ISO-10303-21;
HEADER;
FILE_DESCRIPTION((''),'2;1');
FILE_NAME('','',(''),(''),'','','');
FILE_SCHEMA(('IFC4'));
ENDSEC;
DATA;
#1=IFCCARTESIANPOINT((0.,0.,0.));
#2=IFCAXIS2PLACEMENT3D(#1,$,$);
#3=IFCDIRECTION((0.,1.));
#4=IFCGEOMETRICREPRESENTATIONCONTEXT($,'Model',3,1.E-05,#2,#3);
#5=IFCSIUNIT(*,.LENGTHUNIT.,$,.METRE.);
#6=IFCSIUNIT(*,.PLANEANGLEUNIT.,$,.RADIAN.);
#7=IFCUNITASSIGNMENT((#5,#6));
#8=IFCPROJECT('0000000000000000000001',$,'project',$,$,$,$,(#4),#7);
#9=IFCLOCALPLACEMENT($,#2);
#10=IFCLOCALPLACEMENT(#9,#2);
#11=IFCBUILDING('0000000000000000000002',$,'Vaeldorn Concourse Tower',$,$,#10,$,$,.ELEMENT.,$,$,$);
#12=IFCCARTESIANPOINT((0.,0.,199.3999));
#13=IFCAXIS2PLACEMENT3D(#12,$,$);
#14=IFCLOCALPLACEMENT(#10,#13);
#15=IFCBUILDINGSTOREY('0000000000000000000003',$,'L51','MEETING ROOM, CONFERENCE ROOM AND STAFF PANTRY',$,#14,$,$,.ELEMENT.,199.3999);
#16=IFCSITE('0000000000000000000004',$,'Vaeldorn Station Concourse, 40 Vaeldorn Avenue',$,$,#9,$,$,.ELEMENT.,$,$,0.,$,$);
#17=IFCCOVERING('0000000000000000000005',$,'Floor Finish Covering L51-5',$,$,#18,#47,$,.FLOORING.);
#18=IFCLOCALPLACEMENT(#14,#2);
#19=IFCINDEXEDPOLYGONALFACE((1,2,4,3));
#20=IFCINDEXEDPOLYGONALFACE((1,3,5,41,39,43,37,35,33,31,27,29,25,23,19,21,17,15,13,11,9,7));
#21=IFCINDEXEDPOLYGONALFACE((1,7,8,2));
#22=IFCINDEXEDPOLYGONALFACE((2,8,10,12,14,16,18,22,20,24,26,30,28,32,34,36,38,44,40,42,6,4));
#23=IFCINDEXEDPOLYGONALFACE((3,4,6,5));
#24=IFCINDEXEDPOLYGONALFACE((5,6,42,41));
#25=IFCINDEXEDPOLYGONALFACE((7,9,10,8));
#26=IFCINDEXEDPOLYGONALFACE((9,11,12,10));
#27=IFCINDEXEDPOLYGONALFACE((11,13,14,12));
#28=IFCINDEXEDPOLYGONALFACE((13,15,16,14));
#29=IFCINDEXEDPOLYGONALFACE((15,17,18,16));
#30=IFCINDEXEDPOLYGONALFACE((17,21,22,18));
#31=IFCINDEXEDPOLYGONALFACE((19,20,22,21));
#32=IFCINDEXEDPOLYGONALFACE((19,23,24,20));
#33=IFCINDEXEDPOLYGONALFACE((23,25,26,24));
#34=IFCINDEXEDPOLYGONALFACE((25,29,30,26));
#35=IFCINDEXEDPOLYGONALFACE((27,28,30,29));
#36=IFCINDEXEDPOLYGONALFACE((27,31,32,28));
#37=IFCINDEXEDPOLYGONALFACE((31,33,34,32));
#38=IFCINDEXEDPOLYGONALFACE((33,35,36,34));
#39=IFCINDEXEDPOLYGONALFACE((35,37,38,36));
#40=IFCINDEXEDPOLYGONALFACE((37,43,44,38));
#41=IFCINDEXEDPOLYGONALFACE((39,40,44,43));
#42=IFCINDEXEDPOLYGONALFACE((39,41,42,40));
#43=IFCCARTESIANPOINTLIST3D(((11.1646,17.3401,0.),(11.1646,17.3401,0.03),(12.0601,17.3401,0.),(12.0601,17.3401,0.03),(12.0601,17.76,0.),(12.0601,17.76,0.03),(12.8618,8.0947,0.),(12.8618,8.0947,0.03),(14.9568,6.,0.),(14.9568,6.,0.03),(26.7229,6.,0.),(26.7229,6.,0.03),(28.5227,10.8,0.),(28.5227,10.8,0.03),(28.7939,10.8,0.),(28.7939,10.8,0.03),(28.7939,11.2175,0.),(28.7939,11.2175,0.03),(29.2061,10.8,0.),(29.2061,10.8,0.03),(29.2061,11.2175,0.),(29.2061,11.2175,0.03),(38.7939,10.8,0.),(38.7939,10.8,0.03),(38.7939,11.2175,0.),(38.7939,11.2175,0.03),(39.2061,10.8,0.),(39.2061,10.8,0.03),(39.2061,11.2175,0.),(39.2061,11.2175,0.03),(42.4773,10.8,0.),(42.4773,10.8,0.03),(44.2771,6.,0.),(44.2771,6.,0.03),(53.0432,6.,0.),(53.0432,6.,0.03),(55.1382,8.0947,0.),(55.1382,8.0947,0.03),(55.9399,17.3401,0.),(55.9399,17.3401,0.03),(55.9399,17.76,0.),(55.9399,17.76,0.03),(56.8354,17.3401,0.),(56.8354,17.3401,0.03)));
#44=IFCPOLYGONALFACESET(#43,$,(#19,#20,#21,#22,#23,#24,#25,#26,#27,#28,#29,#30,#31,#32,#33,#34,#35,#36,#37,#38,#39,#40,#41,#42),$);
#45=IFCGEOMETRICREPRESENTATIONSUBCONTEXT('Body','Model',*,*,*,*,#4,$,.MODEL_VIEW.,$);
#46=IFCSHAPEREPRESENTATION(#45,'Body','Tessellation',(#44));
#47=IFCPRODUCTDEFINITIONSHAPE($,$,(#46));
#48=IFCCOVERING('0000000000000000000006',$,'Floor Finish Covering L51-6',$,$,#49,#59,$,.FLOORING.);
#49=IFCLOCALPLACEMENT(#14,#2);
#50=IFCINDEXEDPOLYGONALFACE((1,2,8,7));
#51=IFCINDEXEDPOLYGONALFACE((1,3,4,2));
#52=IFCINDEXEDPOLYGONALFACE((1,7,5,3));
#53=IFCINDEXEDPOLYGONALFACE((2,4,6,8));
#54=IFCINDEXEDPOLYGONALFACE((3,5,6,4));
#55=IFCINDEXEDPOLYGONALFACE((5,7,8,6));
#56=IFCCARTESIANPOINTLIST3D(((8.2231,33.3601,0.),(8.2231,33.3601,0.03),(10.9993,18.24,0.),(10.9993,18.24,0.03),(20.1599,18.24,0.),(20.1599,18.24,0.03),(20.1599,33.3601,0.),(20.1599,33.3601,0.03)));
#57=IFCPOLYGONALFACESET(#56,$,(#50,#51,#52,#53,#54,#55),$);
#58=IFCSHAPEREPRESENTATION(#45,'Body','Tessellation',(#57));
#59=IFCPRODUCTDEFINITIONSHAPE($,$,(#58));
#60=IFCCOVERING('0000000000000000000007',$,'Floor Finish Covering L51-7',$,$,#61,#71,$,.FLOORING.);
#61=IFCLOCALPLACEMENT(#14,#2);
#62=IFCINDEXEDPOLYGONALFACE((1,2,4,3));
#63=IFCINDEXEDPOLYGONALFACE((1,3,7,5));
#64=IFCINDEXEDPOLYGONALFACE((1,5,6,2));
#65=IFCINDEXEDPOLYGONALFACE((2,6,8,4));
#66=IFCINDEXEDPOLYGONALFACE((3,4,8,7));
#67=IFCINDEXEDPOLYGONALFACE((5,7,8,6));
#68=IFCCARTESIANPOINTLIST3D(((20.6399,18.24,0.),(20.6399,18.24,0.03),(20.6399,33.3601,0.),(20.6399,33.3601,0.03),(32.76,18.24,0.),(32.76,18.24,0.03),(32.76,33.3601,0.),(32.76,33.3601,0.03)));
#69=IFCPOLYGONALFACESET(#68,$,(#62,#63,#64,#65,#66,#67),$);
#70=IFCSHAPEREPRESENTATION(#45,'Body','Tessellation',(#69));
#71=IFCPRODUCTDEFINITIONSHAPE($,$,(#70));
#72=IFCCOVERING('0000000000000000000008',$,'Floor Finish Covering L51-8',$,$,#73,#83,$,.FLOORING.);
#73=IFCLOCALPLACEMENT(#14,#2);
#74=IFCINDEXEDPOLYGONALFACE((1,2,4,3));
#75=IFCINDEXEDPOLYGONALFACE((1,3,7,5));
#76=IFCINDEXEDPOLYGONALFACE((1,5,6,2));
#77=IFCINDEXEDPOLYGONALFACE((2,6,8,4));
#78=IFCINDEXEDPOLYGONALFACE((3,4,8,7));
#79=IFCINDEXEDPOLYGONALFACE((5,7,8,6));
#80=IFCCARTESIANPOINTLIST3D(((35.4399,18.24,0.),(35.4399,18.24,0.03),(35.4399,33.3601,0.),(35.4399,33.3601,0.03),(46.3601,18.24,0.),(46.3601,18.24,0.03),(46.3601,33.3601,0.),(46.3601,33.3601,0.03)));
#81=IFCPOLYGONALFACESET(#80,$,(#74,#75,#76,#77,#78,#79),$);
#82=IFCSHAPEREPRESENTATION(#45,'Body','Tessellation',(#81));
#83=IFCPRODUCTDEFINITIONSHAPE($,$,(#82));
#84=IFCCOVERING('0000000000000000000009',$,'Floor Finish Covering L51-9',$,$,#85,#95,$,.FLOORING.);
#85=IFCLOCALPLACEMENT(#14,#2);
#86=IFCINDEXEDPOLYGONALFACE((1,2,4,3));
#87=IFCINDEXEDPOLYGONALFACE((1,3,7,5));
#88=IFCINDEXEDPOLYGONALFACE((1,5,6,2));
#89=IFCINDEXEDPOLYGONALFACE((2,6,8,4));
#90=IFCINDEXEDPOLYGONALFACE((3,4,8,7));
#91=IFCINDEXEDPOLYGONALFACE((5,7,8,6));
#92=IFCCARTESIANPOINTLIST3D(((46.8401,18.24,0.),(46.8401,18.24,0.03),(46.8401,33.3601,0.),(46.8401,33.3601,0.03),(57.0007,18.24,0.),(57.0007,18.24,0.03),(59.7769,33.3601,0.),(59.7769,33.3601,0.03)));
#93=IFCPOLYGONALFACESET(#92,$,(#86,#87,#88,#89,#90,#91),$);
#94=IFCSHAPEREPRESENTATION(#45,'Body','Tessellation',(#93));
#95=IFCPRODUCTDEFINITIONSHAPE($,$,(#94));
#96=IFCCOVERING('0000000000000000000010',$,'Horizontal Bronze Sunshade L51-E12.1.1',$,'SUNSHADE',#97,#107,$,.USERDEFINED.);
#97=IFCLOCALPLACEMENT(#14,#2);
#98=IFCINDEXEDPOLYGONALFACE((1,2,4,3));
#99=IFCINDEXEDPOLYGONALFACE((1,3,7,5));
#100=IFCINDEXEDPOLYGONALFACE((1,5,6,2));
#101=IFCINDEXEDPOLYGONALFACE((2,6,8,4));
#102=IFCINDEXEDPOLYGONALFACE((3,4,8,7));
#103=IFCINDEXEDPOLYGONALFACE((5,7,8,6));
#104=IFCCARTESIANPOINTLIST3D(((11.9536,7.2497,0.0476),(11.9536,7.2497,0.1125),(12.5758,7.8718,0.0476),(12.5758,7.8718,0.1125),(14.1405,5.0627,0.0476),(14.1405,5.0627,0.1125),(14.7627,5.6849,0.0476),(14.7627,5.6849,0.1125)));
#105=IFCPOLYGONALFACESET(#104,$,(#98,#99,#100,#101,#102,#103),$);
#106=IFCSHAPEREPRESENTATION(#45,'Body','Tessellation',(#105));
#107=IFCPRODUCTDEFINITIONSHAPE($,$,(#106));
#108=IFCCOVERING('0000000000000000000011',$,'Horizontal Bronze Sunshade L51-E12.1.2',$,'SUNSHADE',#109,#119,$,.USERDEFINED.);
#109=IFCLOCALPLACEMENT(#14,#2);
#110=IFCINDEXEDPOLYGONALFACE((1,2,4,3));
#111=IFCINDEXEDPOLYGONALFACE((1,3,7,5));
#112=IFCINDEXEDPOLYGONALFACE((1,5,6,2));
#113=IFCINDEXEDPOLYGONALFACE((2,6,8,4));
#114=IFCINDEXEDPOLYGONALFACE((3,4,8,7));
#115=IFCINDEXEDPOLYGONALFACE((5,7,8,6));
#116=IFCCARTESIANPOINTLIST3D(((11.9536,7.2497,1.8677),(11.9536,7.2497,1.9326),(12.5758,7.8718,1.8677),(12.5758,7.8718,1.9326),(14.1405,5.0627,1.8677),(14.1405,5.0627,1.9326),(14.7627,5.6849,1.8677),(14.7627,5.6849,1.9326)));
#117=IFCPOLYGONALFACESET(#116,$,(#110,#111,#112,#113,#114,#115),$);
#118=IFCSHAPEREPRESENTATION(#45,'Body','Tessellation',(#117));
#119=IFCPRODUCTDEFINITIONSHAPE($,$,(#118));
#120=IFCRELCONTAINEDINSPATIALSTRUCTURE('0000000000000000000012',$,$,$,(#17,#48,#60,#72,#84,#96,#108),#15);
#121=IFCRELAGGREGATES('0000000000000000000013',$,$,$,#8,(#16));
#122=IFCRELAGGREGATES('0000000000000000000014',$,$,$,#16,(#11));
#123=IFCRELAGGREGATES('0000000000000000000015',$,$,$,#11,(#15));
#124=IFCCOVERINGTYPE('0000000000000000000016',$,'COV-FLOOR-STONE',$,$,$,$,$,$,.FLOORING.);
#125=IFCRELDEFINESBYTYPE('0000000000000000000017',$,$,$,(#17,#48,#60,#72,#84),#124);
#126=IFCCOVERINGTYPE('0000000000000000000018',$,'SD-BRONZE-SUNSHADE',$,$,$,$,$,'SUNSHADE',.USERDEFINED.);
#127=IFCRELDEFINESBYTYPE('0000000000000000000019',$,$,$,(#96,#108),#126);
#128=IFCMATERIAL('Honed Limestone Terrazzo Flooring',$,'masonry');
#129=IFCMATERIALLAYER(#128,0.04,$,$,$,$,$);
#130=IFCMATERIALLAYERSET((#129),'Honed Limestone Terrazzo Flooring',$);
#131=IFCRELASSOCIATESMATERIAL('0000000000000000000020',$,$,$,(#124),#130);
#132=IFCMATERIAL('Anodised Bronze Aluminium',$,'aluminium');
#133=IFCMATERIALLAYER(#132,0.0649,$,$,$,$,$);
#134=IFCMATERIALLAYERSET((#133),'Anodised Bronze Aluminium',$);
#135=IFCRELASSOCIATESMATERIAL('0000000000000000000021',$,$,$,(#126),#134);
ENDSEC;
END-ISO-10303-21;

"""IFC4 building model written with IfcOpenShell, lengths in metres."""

from ifc_helpers import new_model, si_unit, direction, frame, origin, origin_2d, place, context, subcontext, project, spatial, polyline, rectangle, outline, extrude, source, transform, mapped, material, layer, layer_set, type_object, element, save


model = new_model("IFC4")

# Units and contexts
model_context = context("Model", 3, precision=1e-05, world=origin(), true_north=direction((0.0, 1.0)))
body_context = subcontext(model_context, "Body", "Model", "MODEL_VIEW")
ifc_project = project(units=[si_unit("LENGTHUNIT", "METRE"), si_unit("PLANEANGLEUNIT", "RADIAN")], contexts=[model_context])

# Site, building, storey
site_placement = place(None, origin())
site = spatial("IfcSite", under=ifc_project, at=site_placement, Name="Vaeldorn Station Concourse, 40 Vaeldorn Avenue", CompositionType="ELEMENT", RefElevation=0.0)
building_placement = place(site_placement, origin())
building = spatial("IfcBuilding", under=site, at=building_placement, Name="Vaeldorn Concourse Tower", CompositionType="ELEMENT")
storey_placement = place(building_placement, frame((0.0, 0.0, 199.3999)))
storey = spatial("IfcBuildingStorey", under=building, at=storey_placement, Name="L51", Description="MEETING ROOM, CONFERENCE ROOM AND STAFF PANTRY", CompositionType="ELEMENT", Elevation=199.3999)

# Shared definitions
ifc_material_1 = material(Name="Anodised Bronze Aluminium", Category="aluminium")

# Coverings
ifc_material_2 = material(Name="Honed Limestone Terrazzo Flooring", Category="masonry")
ifc_layer_1 = layer(ifc_material_2, 0.04)
ifc_layer_set_1 = layer_set([ifc_layer_1], Name="Honed Limestone Terrazzo Flooring")
covering_type_1 = type_object("IfcCoveringType", Name="COV-FLOOR-STONE", PredefinedType="FLOORING", material=ifc_layer_set_1)
covering_1_placement = place(storey_placement, origin())
element("IfcCovering", 1, at=covering_1_placement, inside=storey, type_object=covering_type_1, Name="Floor Finish Covering L51-5", PredefinedType="FLOORING", context=body_context, shape_type="SweptSolid", body=[
    extrude(outline(polyline([(12.0601, 17.76), (55.9399, 17.76), (55.9399, 17.3401), (56.8354, 17.3401), (55.1382, 8.0947), (53.0432, 6.0), (44.2771, 6.0), (42.4773, 10.8), (39.2061, 10.8), (39.2061, 11.2175), (38.7939, 11.2175), (38.7939, 10.8), (29.2061, 10.8), (29.2061, 11.2175), (28.7939, 11.2175), (28.7939, 10.8), (28.5227, 10.8), (26.7229, 6.0), (14.9568, 6.0), (12.8618, 8.0947), (11.1646, 17.3401), (12.0601, 17.3401), (12.0601, 17.76)])), origin(), (0.0, 0.0, 1.0), 0.03),
])
covering_2_placement = place(storey_placement, origin())
element("IfcCovering", 2, at=covering_2_placement, inside=storey, type_object=covering_type_1, Name="Floor Finish Covering L51-6", PredefinedType="FLOORING", context=body_context, shape_type="SweptSolid", body=[
    extrude(outline(polyline([(20.1599, 33.3601), (20.1599, 18.24), (10.9993, 18.24), (8.2231, 33.3601), (20.1599, 33.3601)])), origin(), (0.0, 0.0, 1.0), 0.03),
])
covering_3_placement = place(storey_placement, origin())
element("IfcCovering", 3, at=covering_3_placement, inside=storey, type_object=covering_type_1, Name="Floor Finish Covering L51-7", PredefinedType="FLOORING", context=body_context, shape_type="SweptSolid", body=[
    extrude(outline(polyline([(20.6399, 33.3601), (32.76, 33.3601), (32.76, 18.24), (20.6399, 18.24), (20.6399, 33.3601)])), origin(), (0.0, 0.0, 1.0), 0.03),
])
covering_4_placement = place(storey_placement, origin())
element("IfcCovering", 4, at=covering_4_placement, inside=storey, type_object=covering_type_1, Name="Floor Finish Covering L51-8", PredefinedType="FLOORING", context=body_context, shape_type="SweptSolid", body=[
    extrude(outline(polyline([(35.4399, 33.3601), (46.3601, 33.3601), (46.3601, 18.24), (35.4399, 18.24), (35.4399, 33.3601)])), origin(), (0.0, 0.0, 1.0), 0.03),
])
covering_5_placement = place(storey_placement, origin())
element("IfcCovering", 5, at=covering_5_placement, inside=storey, type_object=covering_type_1, Name="Floor Finish Covering L51-9", PredefinedType="FLOORING", context=body_context, shape_type="SweptSolid", body=[
    extrude(outline(polyline([(46.8401, 33.3601), (59.7769, 33.3601), (57.0007, 18.24), (46.8401, 18.24), (46.8401, 33.3601)])), origin(), (0.0, 0.0, 1.0), 0.03),
])
ifc_layer_2 = layer(ifc_material_1, 0.0649)
ifc_layer_set_2 = layer_set([ifc_layer_2], Name="Anodised Bronze Aluminium")
covering_type_2 = type_object("IfcCoveringType", Name="SD-BRONZE-SUNSHADE", ElementType="SUNSHADE", PredefinedType="USERDEFINED", material=ifc_layer_set_2)
shared_shape_1 = source(origin(), body_context, "Body", "SweptSolid", [
    extrude(rectangle(XDim=3.0928, YDim=0.8799, at=origin_2d()), origin(), (0.0, 0.0, 1.0), 0.0649),
])
for number, where, z_axis, x_axis, name in (
    (6, (13.3582, 6.4673, 0.0476), (0.0, 0.0, 1.0), (0.707107, -0.707107, 0.0), "Horizontal Bronze Sunshade L51-E12.1.1"),
    (7, (13.3582, 6.4673, 1.8677), (0.0, 0.0, 1.0), (0.707107, -0.707107, 0.0), "Horizontal Bronze Sunshade L51-E12.1.2"),
):
    element("IfcCovering", number, at=place(storey_placement, frame(where, z_axis=z_axis, x_axis=x_axis)), inside=storey, type_object=covering_type_2, Name=name, ObjectType="SUNSHADE", PredefinedType="USERDEFINED", context=body_context, shape_type="MappedRepresentation", body=[
        mapped(shared_shape_1, transform((0.0, 0.0, 0.0), scale=1.0)),
    ])

save(model, "model.ifc")
